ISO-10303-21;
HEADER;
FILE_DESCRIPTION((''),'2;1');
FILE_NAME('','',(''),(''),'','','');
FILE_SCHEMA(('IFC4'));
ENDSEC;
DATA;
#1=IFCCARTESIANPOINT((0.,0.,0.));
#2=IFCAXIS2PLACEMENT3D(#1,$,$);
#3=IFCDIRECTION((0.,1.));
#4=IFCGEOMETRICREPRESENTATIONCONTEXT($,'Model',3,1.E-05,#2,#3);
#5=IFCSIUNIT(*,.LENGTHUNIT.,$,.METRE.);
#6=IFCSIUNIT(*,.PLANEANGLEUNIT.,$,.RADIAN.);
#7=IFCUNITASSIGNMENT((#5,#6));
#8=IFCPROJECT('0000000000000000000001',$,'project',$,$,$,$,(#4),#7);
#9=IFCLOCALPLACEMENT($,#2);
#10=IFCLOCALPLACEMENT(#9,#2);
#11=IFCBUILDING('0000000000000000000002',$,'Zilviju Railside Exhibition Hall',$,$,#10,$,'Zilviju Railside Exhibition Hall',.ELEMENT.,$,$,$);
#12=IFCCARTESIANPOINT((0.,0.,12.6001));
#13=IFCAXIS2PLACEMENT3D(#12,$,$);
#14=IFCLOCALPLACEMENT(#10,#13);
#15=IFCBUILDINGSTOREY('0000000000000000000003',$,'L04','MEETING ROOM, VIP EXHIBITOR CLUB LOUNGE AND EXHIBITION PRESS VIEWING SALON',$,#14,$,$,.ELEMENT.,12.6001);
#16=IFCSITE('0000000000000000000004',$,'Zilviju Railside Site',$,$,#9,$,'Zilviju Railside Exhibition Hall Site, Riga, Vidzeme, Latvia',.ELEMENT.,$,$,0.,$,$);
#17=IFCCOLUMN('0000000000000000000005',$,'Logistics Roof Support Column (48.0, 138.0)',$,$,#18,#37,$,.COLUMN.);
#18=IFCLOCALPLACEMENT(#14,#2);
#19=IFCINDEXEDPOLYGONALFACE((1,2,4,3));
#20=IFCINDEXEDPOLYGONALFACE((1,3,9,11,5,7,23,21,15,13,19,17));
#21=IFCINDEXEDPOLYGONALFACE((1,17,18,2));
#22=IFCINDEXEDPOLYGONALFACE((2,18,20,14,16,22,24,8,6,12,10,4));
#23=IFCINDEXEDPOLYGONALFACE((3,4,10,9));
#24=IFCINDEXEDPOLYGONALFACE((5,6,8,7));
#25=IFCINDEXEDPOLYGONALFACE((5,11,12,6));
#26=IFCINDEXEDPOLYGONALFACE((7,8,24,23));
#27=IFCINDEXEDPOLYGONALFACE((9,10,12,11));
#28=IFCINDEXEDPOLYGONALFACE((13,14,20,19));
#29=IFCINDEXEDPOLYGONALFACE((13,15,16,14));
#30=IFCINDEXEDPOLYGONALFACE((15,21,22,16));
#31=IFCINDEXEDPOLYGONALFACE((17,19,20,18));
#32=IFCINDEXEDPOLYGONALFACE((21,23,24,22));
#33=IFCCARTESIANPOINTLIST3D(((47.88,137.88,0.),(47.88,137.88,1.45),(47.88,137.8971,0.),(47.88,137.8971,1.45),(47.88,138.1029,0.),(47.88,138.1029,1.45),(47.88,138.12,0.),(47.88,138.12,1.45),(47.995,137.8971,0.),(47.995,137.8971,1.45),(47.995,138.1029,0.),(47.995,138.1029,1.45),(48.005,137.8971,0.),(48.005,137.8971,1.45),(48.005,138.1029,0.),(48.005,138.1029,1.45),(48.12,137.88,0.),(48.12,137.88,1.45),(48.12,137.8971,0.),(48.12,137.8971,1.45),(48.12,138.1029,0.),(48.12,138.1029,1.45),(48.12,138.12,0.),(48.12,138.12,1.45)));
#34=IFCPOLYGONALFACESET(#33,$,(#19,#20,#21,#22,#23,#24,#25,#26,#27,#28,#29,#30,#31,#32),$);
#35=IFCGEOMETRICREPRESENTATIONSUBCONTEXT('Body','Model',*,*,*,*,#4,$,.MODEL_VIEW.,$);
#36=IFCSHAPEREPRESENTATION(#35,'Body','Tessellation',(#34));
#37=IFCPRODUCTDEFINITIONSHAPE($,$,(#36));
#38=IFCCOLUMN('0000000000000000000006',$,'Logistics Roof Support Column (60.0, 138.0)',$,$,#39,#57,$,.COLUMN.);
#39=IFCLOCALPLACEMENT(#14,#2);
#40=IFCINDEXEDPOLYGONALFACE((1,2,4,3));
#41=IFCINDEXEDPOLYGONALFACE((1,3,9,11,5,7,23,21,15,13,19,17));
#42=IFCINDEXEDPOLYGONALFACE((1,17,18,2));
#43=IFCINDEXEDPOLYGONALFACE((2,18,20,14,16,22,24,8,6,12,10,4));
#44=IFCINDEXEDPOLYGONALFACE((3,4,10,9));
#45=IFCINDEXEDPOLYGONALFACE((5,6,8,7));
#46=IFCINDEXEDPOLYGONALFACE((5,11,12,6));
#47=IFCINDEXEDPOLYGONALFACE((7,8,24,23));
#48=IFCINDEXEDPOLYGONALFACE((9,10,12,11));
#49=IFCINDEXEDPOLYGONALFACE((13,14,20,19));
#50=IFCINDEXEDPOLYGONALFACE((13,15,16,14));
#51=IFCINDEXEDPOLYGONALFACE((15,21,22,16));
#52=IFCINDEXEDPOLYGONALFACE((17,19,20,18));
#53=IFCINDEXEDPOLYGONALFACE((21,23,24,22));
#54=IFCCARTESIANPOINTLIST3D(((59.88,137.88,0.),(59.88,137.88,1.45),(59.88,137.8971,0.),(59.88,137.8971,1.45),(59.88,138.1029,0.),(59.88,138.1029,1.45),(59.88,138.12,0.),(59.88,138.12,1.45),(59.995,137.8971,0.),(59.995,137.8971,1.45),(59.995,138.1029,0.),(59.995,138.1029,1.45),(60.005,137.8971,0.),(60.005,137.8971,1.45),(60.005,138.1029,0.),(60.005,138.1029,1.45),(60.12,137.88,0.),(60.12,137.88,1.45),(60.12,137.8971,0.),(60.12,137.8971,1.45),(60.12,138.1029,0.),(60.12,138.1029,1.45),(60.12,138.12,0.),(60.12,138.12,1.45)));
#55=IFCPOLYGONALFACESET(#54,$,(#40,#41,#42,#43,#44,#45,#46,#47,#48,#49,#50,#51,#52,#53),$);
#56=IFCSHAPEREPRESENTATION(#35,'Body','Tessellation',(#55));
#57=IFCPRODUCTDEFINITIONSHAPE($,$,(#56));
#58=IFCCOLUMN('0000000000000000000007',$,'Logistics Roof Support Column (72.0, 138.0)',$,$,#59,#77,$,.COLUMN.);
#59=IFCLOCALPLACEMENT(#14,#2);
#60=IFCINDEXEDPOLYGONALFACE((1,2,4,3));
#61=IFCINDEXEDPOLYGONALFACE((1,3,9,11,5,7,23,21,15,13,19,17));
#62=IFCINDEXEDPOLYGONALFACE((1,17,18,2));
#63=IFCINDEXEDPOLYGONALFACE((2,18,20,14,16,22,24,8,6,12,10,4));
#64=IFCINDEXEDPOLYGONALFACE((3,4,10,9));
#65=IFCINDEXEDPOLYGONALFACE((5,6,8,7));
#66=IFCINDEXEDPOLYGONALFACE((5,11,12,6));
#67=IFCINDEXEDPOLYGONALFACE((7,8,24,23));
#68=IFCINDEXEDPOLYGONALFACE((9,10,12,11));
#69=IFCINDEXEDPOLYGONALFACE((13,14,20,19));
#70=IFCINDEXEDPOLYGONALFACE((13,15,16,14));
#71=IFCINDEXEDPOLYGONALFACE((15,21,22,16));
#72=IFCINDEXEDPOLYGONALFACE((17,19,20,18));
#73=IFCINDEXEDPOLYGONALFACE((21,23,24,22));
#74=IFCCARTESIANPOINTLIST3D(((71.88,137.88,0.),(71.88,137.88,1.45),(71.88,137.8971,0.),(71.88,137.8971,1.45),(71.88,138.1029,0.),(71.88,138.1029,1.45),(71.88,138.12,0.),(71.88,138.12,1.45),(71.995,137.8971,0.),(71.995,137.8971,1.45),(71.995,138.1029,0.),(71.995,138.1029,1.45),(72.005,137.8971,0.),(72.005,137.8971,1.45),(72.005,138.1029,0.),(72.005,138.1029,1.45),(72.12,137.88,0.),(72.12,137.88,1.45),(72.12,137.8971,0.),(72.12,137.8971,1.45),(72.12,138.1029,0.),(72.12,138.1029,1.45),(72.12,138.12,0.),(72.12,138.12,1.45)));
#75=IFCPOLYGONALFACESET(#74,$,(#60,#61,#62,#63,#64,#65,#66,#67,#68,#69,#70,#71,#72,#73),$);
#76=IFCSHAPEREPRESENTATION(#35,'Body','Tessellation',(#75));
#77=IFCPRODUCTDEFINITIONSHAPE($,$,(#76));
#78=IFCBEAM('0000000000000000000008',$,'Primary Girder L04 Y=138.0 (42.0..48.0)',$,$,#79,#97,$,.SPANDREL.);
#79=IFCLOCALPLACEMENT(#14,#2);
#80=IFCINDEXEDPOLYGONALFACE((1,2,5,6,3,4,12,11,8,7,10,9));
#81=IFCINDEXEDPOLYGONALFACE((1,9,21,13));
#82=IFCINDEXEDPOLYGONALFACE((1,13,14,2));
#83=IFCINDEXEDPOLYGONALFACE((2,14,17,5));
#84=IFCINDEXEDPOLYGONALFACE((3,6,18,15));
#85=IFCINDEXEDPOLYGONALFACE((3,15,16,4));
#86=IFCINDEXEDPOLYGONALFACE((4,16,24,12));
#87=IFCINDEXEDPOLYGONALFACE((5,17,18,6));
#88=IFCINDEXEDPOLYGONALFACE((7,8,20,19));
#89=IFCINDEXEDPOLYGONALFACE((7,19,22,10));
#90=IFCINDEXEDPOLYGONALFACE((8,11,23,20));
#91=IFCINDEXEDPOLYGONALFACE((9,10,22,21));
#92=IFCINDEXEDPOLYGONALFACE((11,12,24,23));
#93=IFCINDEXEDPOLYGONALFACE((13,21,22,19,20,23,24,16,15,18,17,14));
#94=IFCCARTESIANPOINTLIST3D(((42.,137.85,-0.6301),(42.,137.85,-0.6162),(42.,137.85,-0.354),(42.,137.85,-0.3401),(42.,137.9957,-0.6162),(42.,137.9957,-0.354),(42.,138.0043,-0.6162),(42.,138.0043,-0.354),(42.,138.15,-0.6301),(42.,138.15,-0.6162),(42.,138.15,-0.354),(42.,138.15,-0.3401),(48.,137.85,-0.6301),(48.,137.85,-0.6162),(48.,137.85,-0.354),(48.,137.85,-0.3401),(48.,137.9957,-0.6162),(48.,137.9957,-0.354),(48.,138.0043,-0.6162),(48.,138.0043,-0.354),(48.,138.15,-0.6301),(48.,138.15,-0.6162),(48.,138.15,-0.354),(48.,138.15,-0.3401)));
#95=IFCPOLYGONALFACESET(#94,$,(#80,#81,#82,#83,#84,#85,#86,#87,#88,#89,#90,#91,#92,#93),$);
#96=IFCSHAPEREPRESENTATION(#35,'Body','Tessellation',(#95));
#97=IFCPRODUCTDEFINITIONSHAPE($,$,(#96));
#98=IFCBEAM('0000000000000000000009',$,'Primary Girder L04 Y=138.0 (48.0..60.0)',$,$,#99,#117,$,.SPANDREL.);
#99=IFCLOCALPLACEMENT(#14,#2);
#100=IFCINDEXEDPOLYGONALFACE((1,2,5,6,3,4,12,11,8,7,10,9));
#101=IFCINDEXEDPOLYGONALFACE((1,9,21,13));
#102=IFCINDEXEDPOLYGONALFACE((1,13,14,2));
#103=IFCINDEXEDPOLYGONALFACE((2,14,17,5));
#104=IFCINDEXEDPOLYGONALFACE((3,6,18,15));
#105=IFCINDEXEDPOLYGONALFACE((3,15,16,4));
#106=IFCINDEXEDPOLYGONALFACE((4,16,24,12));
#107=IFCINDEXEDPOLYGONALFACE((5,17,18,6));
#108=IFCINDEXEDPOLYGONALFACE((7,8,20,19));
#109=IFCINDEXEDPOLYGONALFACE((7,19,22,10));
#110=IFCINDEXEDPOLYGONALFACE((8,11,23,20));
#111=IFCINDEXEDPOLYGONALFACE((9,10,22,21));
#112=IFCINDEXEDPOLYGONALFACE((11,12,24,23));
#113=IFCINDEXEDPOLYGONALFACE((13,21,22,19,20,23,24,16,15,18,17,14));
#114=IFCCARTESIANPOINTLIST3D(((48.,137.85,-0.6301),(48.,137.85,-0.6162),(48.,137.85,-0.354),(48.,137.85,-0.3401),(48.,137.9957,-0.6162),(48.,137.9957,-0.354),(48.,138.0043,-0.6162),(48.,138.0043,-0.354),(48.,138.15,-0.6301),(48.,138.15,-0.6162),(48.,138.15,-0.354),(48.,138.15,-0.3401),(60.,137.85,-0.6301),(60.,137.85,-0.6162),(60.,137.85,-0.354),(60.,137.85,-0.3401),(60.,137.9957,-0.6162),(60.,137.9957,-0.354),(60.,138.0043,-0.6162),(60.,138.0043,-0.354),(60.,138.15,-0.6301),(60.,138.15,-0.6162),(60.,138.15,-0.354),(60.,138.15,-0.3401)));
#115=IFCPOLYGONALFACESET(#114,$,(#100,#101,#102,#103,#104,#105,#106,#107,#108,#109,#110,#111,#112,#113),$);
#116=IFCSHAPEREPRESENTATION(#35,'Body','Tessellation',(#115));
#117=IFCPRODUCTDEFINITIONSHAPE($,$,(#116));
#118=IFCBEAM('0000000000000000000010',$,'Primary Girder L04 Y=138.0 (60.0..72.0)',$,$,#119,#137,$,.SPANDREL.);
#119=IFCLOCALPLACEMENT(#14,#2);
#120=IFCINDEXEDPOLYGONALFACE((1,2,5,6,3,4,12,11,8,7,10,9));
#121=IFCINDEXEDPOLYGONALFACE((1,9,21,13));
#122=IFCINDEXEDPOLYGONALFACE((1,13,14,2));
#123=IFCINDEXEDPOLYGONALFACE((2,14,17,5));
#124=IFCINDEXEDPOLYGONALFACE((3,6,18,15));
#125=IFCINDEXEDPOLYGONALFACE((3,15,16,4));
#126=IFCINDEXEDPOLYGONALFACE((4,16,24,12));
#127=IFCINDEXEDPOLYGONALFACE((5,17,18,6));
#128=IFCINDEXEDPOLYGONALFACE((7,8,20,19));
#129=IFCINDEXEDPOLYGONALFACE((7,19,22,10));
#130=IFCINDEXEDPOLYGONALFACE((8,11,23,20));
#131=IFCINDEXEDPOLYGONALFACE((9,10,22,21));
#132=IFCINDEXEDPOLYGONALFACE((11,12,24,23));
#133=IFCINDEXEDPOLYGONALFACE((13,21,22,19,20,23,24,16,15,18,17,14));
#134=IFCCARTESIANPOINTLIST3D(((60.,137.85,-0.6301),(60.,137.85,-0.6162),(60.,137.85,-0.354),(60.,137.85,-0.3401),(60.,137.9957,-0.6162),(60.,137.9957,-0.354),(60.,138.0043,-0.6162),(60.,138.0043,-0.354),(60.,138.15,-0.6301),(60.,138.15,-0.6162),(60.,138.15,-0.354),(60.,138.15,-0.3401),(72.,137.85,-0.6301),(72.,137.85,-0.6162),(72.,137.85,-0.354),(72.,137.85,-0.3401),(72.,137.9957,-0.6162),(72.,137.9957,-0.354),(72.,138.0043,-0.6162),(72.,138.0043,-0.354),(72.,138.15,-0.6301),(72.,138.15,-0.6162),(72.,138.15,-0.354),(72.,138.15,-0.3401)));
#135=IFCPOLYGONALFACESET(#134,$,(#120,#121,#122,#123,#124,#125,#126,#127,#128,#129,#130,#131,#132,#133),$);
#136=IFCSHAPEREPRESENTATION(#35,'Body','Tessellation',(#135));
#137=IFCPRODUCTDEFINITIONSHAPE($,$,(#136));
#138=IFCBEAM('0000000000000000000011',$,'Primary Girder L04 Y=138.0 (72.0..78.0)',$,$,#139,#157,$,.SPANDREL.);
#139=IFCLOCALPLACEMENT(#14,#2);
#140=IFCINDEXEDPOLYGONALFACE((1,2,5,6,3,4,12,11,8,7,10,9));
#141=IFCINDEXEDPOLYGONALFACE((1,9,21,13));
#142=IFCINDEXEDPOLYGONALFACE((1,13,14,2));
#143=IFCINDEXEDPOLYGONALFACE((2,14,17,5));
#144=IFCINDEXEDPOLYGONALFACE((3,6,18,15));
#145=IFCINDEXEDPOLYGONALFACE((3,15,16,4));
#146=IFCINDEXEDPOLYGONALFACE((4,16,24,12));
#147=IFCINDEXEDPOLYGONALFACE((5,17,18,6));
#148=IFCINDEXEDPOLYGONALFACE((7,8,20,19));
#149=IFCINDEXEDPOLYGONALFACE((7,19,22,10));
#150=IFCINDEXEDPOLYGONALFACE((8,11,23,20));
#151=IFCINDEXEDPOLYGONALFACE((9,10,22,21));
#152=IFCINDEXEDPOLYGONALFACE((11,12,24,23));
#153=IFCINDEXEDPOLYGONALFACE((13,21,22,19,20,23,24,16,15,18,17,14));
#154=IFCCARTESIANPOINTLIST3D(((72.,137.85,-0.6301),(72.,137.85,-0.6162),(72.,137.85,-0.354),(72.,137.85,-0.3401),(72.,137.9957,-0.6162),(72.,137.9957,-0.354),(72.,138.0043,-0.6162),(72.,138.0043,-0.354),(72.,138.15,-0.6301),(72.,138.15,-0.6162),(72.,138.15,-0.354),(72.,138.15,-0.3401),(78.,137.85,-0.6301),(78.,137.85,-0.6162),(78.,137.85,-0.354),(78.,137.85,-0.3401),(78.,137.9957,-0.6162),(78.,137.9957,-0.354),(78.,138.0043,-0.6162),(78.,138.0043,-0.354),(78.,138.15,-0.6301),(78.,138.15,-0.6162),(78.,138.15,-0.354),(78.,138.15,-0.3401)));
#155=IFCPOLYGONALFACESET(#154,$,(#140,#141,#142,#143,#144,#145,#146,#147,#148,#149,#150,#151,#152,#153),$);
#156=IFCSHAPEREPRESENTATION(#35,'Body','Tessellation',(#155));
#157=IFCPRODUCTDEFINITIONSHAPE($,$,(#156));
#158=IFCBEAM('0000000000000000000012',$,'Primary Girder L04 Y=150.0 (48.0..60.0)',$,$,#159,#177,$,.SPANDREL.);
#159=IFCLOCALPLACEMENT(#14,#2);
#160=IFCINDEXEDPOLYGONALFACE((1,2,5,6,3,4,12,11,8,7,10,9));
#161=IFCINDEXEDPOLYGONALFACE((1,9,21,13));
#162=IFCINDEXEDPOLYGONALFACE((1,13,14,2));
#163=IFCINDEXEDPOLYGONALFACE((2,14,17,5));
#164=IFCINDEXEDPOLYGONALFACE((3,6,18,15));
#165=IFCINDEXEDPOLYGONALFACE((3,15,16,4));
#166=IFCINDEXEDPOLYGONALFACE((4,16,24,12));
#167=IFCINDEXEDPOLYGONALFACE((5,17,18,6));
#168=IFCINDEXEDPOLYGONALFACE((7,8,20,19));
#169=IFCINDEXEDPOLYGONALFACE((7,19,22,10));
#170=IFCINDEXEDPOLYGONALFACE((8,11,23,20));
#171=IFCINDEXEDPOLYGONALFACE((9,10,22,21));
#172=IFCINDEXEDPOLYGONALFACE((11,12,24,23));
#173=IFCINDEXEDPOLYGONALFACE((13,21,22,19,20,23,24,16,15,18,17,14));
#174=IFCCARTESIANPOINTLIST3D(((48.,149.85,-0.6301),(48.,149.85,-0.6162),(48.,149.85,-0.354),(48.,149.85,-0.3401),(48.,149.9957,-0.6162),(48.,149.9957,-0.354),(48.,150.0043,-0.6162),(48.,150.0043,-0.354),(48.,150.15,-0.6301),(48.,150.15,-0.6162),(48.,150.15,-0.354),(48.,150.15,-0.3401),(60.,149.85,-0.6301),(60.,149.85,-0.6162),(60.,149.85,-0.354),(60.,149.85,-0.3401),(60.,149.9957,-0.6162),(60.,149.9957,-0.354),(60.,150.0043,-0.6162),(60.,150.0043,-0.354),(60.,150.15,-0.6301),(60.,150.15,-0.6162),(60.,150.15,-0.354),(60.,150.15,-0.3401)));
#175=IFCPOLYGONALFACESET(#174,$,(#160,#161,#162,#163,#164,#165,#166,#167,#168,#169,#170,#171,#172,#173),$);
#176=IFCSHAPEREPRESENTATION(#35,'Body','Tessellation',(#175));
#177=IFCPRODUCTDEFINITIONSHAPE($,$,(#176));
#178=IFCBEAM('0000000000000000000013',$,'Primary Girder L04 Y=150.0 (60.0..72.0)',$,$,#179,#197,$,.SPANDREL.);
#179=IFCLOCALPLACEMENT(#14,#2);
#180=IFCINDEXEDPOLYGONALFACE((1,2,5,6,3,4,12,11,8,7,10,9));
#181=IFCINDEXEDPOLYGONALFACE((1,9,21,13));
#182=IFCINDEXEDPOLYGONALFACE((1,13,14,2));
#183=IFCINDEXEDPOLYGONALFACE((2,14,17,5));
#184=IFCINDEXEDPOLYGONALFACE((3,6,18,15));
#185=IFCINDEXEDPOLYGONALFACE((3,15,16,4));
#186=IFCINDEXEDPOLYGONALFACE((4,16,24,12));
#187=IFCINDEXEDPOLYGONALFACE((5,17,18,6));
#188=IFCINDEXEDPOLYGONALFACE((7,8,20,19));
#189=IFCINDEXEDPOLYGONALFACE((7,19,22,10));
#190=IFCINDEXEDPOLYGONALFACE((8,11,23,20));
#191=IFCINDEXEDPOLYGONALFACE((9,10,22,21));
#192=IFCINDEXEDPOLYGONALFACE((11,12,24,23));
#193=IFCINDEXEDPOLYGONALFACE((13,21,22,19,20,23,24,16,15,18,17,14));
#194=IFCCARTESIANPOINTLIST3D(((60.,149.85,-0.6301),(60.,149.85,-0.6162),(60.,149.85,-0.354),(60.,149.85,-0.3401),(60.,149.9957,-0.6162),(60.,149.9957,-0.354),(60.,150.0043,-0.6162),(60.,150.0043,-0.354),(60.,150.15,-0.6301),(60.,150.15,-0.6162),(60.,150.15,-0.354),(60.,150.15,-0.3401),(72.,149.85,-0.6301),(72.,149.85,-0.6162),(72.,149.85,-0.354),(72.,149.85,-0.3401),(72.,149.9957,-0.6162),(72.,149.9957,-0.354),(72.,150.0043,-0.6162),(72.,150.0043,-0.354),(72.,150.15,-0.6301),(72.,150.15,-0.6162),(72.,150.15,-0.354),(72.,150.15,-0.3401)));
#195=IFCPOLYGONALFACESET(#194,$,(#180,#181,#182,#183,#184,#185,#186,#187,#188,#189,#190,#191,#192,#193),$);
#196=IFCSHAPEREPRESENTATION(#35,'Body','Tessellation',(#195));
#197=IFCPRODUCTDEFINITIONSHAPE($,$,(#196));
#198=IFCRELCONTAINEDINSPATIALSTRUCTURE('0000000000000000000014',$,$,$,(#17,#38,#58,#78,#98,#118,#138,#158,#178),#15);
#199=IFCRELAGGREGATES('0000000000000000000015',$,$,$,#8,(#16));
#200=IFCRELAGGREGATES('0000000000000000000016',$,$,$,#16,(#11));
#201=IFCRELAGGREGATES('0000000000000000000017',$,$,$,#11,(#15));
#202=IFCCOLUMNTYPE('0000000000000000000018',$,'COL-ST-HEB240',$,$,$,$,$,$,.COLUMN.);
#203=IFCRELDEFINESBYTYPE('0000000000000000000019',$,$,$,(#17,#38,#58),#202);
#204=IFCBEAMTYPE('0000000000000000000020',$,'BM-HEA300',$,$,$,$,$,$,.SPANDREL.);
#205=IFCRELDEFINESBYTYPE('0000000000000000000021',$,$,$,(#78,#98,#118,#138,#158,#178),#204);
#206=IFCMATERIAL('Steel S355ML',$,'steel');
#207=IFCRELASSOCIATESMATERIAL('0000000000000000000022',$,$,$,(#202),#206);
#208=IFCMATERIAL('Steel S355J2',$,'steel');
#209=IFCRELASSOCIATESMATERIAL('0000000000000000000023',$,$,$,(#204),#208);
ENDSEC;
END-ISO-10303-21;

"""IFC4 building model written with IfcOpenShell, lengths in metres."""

from ifc_helpers import new_model, si_unit, direction, frame, origin, origin_2d, place, context, subcontext, project, spatial, i_section, extrude, material, material_profile, profile_set, type_object, element, save


model = new_model("IFC4")

# Units and contexts
model_context = context("Model", 3, precision=1e-05, world=origin(), true_north=direction((0.0, 1.0)))
body_context = subcontext(model_context, "Body", "Model", "MODEL_VIEW")
ifc_project = project(units=[si_unit("LENGTHUNIT", "METRE"), si_unit("PLANEANGLEUNIT", "RADIAN")], contexts=[model_context])

# Site, building, storey
site_placement = place(None, origin())
site = spatial("IfcSite", under=ifc_project, at=site_placement, Name="Zilviju Railside Site", LongName="Zilviju Railside Exhibition Hall Site, Riga, Vidzeme, Latvia", CompositionType="ELEMENT", RefElevation=0.0)
building_placement = place(site_placement, origin())
building = spatial("IfcBuilding", under=site, at=building_placement, Name="Zilviju Railside Exhibition Hall", LongName="Zilviju Railside Exhibition Hall", CompositionType="ELEMENT")
storey_placement = place(building_placement, frame((0.0, 0.0, 12.6001)))
storey = spatial("IfcBuildingStorey", under=building, at=storey_placement, Name="L04", Description="MEETING ROOM, VIP EXHIBITOR CLUB LOUNGE AND EXHIBITION PRESS VIEWING SALON", CompositionType="ELEMENT", Elevation=12.6001)

# Columns
ifc_material_1 = material(Name="Steel S355ML", Category="steel")
ifc_material_profile_1 = material_profile(ifc_material_1, i_section(OverallWidth=0.24, OverallDepth=0.24, WebThickness=0.01, FlangeThickness=0.0171, at=origin_2d()), Name="HEB 240")
ifc_profile_set_1 = profile_set([ifc_material_profile_1], Name="Steel S355ML")
column_type = type_object("IfcColumnType", Name="COL-ST-HEB240", PredefinedType="COLUMN", material=ifc_profile_set_1)
for number, where, z_axis, x_axis, name in (
    (1, (48.0, 138.0, 0.0), (0.0, 0.0, 1.0), (1.0, 0.0, 0.0), "Logistics Roof Support Column (48.0, 138.0)"),
    (2, (60.0, 138.0, 0.0), (0.0, 0.0, 1.0), (1.0, 0.0, 0.0), "Logistics Roof Support Column (60.0, 138.0)"),
    (3, (72.0, 138.0, 0.0), (0.0, 0.0, 1.0), (1.0, 0.0, 0.0), "Logistics Roof Support Column (72.0, 138.0)"),
):
    element("IfcColumn", number, at=place(storey_placement, frame(where, z_axis=z_axis, x_axis=x_axis)), inside=storey, type_object=column_type, Name=name, PredefinedType="COLUMN", context=body_context, shape_type="SweptSolid", body=[
        extrude(i_section(OverallWidth=0.24, OverallDepth=0.24, WebThickness=0.01, FlangeThickness=0.0171, at=origin_2d()), origin(), (0.0, 0.0, 1.0), 1.45),
    ])

# Beams
ifc_material_2 = material(Name="Steel S355J2", Category="steel")
ifc_material_profile_2 = material_profile(ifc_material_2, i_section(OverallWidth=0.3, OverallDepth=0.29, WebThickness=0.0085, FlangeThickness=0.0139, at=origin_2d()), Name="HEA 300")
ifc_profile_set_2 = profile_set([ifc_material_profile_2], Name="Steel S355J2")
beam_type_1 = type_object("IfcBeamType", Name="BM-HEA300", PredefinedType="SPANDREL", material=ifc_profile_set_2)
beam_1_placement = place(storey_placement, frame((42.0, 138.0, -0.4851), z_axis=(1.0, 0.0, 0.0), x_axis=(0.0, 1.0, 0.0)))
element("IfcBeam", 4, at=beam_1_placement, inside=storey, type_object=beam_type_1, Name="Primary Girder L04 Y=138.0 (42.0..48.0)", PredefinedType="SPANDREL", context=body_context, shape_type="SweptSolid", body=[
    extrude(i_section(OverallWidth=0.3, OverallDepth=0.29, WebThickness=0.0085, FlangeThickness=0.0139, at=origin_2d()), origin(), (0.0, 0.0, 1.0), 6.0),
])
for number, where, z_axis, x_axis, name in (
    (5, (48.0, 138.0, -0.4851), (1.0, 0.0, 0.0), (0.0, 1.0, 0.0), "Primary Girder L04 Y=138.0 (48.0..60.0)"),
    (6, (60.0, 138.0, -0.4851), (1.0, 0.0, 0.0), (0.0, 1.0, 0.0), "Primary Girder L04 Y=138.0 (60.0..72.0)"),
):
    element("IfcBeam", number, at=place(storey_placement, frame(where, z_axis=z_axis, x_axis=x_axis)), inside=storey, type_object=beam_type_1, Name=name, PredefinedType="SPANDREL", context=body_context, shape_type="SweptSolid", body=[
        extrude(i_section(OverallWidth=0.3, OverallDepth=0.29, WebThickness=0.0085, FlangeThickness=0.0139, at=origin_2d()), origin(), (0.0, 0.0, 1.0), 12.0),
    ])
beam_2_placement = place(storey_placement, frame((72.0, 138.0, -0.4851), z_axis=(1.0, 0.0, 0.0), x_axis=(0.0, 1.0, 0.0)))
element("IfcBeam", 7, at=beam_2_placement, inside=storey, type_object=beam_type_1, Name="Primary Girder L04 Y=138.0 (72.0..78.0)", PredefinedType="SPANDREL", context=body_context, shape_type="SweptSolid", body=[
    extrude(i_section(OverallWidth=0.3, OverallDepth=0.29, WebThickness=0.0085, FlangeThickness=0.0139, at=origin_2d()), origin(), (0.0, 0.0, 1.0), 6.0),
])
for number, where, z_axis, x_axis, name in (
    (8, (48.0, 150.0, -0.4851), (1.0, 0.0, 0.0), (0.0, 1.0, 0.0), "Primary Girder L04 Y=150.0 (48.0..60.0)"),
    (9, (60.0, 150.0, -0.4851), (1.0, 0.0, 0.0), (0.0, 1.0, 0.0), "Primary Girder L04 Y=150.0 (60.0..72.0)"),
):
    element("IfcBeam", number, at=place(storey_placement, frame(where, z_axis=z_axis, x_axis=x_axis)), inside=storey, type_object=beam_type_1, Name=name, PredefinedType="SPANDREL", context=body_context, shape_type="SweptSolid", body=[
        extrude(i_section(OverallWidth=0.3, OverallDepth=0.29, WebThickness=0.0085, FlangeThickness=0.0139, at=origin_2d()), origin(), (0.0, 0.0, 1.0), 12.0),
    ])

save(model, "model.ifc")
